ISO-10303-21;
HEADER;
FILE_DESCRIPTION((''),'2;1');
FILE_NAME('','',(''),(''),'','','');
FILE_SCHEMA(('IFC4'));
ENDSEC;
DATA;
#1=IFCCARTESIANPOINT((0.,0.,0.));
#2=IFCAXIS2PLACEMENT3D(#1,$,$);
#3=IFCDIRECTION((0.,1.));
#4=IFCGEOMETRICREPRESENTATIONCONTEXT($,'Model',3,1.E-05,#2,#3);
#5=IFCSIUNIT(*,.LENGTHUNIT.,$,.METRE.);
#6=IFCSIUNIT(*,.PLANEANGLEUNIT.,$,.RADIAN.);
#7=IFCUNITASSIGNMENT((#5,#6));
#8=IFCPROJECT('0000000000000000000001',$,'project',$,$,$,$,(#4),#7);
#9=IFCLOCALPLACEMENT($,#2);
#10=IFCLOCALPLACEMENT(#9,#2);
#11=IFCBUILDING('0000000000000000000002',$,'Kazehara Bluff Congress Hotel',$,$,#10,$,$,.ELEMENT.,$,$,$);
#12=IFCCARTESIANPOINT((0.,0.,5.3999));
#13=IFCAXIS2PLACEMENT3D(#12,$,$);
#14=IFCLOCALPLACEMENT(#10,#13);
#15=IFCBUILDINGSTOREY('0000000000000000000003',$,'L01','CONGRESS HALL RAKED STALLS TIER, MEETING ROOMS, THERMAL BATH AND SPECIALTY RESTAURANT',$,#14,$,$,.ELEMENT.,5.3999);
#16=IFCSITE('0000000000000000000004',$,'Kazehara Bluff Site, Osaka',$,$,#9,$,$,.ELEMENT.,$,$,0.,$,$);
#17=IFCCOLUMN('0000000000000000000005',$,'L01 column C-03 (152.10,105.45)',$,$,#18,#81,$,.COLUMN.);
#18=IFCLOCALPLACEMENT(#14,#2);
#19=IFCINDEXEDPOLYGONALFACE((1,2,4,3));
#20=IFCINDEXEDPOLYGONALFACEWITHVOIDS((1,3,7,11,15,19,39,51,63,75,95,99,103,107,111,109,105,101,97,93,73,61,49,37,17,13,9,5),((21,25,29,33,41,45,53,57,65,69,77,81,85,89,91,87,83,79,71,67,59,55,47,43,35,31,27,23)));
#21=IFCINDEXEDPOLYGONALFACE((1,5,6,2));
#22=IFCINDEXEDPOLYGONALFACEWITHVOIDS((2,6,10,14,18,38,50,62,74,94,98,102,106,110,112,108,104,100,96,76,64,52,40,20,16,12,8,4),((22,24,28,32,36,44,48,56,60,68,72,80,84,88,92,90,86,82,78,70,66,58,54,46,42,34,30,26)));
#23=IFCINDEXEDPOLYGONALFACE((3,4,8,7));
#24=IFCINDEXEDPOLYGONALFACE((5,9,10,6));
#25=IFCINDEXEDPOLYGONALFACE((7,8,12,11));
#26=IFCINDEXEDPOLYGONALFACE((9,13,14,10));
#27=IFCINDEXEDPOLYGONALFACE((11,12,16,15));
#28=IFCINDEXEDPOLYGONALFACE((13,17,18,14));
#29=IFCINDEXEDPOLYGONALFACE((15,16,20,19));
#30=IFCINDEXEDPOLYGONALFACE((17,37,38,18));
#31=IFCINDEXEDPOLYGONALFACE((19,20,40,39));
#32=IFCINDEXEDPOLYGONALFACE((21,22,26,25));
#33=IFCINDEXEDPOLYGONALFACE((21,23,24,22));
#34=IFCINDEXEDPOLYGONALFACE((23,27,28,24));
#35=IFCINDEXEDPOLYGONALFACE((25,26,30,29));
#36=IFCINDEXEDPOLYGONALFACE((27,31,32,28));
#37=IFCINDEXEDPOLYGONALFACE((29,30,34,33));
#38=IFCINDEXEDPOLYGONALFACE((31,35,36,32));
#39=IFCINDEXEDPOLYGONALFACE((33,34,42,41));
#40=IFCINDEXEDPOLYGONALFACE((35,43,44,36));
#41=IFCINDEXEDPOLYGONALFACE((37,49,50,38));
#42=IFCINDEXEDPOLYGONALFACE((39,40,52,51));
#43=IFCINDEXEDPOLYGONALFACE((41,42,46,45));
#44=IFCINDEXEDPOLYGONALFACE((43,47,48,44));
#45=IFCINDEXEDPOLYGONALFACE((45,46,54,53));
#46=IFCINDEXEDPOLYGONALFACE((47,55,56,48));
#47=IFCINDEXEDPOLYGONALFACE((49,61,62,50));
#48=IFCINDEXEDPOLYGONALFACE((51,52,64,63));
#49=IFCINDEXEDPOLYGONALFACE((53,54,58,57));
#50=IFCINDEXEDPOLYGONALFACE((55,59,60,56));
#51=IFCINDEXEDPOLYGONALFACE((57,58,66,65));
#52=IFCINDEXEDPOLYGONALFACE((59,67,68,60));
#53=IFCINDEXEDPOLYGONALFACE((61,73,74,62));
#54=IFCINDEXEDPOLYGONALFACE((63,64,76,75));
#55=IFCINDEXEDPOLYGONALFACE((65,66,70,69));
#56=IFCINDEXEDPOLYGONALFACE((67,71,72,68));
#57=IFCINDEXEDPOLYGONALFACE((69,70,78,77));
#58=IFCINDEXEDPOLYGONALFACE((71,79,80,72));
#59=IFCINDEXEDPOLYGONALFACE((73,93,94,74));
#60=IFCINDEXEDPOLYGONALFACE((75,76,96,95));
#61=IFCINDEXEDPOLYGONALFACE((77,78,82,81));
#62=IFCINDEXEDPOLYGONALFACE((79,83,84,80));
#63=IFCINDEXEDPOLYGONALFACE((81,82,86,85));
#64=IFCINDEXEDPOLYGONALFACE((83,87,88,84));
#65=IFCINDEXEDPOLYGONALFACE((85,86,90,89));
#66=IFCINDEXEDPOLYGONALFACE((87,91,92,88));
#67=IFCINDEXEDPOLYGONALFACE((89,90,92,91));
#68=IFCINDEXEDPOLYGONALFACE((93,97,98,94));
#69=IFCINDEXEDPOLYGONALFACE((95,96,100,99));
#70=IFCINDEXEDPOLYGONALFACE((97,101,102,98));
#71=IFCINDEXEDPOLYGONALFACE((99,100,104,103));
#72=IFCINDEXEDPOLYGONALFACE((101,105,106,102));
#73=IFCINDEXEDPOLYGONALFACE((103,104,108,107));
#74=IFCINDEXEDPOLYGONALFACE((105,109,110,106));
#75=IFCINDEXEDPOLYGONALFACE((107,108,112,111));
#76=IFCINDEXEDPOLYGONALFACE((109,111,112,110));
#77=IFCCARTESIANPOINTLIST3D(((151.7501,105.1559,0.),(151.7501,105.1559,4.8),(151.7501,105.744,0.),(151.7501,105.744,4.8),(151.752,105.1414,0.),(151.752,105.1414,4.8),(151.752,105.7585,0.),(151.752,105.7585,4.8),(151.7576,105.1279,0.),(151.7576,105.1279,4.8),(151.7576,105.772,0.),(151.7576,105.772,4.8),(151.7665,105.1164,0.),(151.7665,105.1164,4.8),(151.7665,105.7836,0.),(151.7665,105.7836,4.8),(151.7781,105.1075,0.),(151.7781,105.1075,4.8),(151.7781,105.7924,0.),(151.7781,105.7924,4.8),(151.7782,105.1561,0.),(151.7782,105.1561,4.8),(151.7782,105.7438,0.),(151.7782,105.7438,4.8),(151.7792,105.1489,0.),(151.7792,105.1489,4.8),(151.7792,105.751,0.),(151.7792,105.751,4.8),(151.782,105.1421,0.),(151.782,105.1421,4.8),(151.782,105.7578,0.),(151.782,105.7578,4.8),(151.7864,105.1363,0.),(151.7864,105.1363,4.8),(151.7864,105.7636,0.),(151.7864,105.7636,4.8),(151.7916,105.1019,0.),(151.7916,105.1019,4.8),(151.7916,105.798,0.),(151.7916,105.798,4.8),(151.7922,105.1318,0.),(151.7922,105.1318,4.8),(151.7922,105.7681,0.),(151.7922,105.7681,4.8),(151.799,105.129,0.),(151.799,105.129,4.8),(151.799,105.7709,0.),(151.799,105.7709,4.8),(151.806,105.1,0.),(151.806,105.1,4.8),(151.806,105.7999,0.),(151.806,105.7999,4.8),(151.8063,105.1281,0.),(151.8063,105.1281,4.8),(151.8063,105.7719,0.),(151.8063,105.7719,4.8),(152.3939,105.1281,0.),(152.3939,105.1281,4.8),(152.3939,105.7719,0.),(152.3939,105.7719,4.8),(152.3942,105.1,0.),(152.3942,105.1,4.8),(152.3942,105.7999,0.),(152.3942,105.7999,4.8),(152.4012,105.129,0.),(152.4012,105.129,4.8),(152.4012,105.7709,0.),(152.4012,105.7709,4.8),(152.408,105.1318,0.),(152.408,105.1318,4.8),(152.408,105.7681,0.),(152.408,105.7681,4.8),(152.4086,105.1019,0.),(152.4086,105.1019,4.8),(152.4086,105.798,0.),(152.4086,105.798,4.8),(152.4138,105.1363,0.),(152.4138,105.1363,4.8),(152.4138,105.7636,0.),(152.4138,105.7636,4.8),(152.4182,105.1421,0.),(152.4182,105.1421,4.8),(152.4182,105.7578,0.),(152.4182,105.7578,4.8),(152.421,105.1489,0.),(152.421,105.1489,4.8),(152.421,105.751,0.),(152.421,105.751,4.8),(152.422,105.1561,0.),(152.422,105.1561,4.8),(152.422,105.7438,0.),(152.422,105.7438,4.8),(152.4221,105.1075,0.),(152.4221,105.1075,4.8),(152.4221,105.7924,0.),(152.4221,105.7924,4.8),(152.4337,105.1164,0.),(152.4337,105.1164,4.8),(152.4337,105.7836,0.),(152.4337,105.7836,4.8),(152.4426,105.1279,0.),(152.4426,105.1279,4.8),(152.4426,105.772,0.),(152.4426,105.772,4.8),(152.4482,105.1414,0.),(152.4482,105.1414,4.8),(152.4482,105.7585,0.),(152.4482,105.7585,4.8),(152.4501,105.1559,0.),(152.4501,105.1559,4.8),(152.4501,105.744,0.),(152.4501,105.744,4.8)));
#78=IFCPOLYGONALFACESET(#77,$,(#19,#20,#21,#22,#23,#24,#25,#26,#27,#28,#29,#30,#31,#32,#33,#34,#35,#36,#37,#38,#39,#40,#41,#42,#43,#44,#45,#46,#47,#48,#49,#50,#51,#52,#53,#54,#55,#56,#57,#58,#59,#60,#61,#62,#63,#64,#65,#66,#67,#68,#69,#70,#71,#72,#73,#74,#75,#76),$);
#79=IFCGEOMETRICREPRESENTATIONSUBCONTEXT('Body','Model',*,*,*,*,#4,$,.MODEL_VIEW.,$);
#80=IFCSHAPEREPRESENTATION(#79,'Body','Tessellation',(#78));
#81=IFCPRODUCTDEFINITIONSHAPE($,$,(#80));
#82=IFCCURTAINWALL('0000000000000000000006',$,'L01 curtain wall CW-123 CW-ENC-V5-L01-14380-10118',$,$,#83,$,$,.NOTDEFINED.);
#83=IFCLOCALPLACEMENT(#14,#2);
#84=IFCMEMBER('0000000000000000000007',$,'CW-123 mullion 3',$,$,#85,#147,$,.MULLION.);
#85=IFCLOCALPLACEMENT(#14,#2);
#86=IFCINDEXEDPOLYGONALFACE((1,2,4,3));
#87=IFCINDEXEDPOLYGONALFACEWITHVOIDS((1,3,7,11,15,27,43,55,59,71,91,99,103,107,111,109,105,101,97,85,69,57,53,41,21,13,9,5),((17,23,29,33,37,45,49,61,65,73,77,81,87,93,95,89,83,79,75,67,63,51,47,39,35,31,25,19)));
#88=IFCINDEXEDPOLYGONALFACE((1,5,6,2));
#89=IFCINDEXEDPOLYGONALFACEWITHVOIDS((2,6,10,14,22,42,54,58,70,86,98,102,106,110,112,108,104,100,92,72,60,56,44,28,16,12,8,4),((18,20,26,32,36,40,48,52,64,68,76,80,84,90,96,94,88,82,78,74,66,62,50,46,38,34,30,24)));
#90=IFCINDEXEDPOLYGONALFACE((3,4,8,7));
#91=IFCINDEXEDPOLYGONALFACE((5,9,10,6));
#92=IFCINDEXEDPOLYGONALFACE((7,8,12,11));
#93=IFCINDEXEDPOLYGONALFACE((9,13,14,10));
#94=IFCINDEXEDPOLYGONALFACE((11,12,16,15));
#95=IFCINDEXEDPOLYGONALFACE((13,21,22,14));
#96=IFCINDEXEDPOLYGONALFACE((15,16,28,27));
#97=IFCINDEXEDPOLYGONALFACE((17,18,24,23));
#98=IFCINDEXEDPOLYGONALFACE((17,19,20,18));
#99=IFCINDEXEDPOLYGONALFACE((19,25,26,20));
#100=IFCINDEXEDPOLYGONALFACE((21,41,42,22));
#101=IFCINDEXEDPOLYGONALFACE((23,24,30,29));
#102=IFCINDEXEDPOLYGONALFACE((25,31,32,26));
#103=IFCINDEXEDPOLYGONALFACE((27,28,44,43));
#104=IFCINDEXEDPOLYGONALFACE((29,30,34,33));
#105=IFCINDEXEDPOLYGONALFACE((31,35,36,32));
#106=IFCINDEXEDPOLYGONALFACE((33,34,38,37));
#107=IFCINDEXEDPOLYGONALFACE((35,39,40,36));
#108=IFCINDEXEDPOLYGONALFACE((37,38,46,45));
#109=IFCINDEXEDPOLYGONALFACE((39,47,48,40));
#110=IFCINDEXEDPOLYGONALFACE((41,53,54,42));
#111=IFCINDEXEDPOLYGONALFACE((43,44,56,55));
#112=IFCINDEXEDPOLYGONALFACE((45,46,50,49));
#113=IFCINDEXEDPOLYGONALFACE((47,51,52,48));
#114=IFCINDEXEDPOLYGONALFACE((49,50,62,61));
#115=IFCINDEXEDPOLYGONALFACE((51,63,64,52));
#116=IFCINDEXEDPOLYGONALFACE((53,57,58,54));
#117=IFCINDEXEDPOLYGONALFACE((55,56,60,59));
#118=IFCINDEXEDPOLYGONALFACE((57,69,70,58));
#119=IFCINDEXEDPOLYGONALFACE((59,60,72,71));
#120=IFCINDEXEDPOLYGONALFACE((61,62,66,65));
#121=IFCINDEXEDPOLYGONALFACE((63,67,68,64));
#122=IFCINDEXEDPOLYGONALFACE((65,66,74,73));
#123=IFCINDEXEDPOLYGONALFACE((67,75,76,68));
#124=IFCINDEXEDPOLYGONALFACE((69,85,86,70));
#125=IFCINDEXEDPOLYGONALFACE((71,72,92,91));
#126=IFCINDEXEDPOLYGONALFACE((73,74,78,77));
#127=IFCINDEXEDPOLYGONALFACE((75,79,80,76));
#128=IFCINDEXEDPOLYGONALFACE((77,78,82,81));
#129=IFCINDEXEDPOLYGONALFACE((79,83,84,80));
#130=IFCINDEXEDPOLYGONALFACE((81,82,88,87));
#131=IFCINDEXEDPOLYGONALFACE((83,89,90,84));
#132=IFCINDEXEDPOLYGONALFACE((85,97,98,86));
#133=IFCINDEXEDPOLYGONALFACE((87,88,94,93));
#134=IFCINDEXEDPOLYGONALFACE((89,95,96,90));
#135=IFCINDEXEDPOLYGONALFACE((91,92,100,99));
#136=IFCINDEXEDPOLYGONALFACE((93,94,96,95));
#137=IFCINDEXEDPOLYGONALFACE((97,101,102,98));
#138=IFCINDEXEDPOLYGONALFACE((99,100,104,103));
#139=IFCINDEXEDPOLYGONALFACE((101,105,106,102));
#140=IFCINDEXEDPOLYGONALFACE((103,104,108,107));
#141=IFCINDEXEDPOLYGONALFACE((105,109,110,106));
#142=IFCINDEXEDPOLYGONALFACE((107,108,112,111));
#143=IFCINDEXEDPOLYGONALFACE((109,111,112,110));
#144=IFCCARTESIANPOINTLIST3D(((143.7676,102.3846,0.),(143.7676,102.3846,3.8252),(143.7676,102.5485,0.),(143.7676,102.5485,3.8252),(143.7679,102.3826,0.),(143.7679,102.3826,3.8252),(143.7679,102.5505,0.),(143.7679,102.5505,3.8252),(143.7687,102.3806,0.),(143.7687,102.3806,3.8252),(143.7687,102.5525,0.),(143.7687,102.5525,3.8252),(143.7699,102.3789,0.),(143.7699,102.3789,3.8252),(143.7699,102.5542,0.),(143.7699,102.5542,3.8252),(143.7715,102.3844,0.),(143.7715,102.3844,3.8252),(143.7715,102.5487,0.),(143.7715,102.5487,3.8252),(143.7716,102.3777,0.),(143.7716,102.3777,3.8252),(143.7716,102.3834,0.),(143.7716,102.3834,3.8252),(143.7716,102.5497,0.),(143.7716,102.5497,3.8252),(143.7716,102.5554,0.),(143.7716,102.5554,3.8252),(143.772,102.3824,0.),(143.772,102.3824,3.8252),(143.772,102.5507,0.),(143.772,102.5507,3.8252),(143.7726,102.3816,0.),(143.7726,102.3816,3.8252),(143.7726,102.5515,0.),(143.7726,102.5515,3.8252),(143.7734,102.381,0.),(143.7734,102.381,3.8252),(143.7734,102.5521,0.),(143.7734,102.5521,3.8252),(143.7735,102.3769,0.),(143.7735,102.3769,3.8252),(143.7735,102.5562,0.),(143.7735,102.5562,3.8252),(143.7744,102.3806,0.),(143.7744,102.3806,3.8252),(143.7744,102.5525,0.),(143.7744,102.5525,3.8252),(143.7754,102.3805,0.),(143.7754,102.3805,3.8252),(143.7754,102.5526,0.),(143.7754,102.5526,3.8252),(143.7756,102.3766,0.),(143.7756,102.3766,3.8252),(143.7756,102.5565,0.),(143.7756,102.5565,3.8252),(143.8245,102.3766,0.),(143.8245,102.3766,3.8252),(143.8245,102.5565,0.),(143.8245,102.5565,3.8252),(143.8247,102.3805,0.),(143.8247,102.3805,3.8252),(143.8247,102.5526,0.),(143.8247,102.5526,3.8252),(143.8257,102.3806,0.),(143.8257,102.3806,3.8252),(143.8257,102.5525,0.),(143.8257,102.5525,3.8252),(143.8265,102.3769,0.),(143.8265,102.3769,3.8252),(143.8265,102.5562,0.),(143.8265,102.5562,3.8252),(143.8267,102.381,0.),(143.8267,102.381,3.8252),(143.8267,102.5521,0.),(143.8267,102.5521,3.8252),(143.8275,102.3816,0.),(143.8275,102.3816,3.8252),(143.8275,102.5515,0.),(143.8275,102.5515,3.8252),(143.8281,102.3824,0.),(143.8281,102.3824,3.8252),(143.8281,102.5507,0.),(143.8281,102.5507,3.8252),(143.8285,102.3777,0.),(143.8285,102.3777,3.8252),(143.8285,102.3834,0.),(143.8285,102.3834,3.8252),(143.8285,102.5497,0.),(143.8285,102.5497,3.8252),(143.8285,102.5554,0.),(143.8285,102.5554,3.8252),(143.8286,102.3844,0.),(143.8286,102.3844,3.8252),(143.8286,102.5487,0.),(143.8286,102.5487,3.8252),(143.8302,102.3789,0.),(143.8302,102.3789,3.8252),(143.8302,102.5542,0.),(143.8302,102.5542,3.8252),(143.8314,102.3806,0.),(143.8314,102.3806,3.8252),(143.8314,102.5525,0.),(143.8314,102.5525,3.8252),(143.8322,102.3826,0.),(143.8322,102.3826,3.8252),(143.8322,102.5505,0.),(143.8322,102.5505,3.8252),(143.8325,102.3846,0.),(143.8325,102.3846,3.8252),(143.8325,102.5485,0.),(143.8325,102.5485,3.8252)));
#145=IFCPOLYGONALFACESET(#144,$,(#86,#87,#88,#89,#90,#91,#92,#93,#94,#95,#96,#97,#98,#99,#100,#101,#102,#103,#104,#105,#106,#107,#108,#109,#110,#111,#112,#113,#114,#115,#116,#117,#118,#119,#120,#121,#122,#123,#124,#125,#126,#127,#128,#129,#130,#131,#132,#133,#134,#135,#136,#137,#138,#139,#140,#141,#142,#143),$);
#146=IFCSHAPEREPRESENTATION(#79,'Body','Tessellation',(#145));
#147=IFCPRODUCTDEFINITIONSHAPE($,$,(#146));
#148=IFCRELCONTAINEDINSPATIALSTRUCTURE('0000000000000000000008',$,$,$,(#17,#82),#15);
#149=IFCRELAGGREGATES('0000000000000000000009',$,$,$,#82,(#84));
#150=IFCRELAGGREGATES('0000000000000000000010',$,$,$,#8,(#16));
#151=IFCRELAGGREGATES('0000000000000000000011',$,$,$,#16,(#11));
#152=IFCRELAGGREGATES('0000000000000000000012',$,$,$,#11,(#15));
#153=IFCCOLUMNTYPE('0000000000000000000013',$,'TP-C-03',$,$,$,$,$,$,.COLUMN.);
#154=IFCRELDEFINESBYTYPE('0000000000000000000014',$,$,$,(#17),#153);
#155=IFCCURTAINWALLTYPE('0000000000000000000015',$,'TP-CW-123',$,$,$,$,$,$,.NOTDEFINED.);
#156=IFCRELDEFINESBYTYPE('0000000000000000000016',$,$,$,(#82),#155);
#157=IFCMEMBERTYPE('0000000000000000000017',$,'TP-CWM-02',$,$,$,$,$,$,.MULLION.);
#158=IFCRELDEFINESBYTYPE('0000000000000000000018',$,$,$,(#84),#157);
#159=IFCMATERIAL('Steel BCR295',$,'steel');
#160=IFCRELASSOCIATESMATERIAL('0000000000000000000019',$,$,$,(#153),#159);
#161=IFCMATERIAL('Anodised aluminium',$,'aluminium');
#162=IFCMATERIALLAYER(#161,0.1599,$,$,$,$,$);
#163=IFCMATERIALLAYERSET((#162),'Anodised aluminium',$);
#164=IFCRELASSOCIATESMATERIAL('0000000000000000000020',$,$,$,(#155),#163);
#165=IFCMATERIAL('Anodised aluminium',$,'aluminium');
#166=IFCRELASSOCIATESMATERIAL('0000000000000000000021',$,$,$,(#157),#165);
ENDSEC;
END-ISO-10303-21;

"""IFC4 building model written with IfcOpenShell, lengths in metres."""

from ifc_helpers import new_model, si_unit, direction, frame, origin, origin_2d, place, context, subcontext, project, spatial, hollow_rectangle, extrude, material, layer, layer_set, material_profile, profile_set, type_object, element, aggregate, save


model = new_model("IFC4")

# Units and contexts
model_context = context("Model", 3, precision=1e-05, world=origin(), true_north=direction((0.0, 1.0)))
body_context = subcontext(model_context, "Body", "Model", "MODEL_VIEW")
ifc_project = project(units=[si_unit("LENGTHUNIT", "METRE"), si_unit("PLANEANGLEUNIT", "RADIAN")], contexts=[model_context])

# Site, building, storey
site_placement = place(None, origin())
site = spatial("IfcSite", under=ifc_project, at=site_placement, Name="Kazehara Bluff Site, Osaka", CompositionType="ELEMENT", RefElevation=0.0)
building_placement = place(site_placement, origin())
building = spatial("IfcBuilding", under=site, at=building_placement, Name="Kazehara Bluff Congress Hotel", CompositionType="ELEMENT")
storey_placement = place(building_placement, frame((0.0, 0.0, 5.3999)))
storey = spatial("IfcBuildingStorey", under=building, at=storey_placement, Name="L01", Description="CONGRESS HALL RAKED STALLS TIER, MEETING ROOMS, THERMAL BATH AND SPECIALTY RESTAURANT", CompositionType="ELEMENT", Elevation=5.3999)

# Column
ifc_material_1 = material(Name="Steel BCR295", Category="steel")
ifc_material_profile_1 = material_profile(ifc_material_1, hollow_rectangle(XDim=0.7, YDim=0.7, WallThickness=0.0281, InnerFilletRadius=0.0281, OuterFilletRadius=0.0559, at=origin_2d()))
ifc_profile_set_1 = profile_set([ifc_material_profile_1], Name="Steel BCR295")
column_type = type_object("IfcColumnType", Name="TP-C-03", PredefinedType="COLUMN", material=ifc_profile_set_1)
column_placement = place(storey_placement, frame((152.1001, 105.45, 0.0), z_axis=(0.0, 0.0, 1.0), x_axis=(1.0, 0.0, 0.0)))
element("IfcColumn", 1, at=column_placement, inside=storey, type_object=column_type, Name="L01 column C-03 (152.10,105.45)", PredefinedType="COLUMN", context=body_context, shape_type="SweptSolid", body=[
    extrude(hollow_rectangle(XDim=0.7, YDim=0.7, WallThickness=0.0281, InnerFilletRadius=0.0281, OuterFilletRadius=0.0559, at=origin_2d()), origin(), (0.0, 0.0, 1.0), 4.8),
])

# Curtain wall, member
ifc_material_2 = material(Name="Anodised aluminium", Category="aluminium")
ifc_layer_1 = layer(ifc_material_2, 0.1599)
ifc_layer_set_1 = layer_set([ifc_layer_1], Name="Anodised aluminium")
curtain_wall_type_1 = type_object("IfcCurtainWallType", Name="TP-CW-123", PredefinedType="NOTDEFINED", material=ifc_layer_set_1)
curtain_wall_1_placement = place(storey_placement, origin())
curtain_wall_1 = element("IfcCurtainWall", 2, at=curtain_wall_1_placement, inside=storey, type_object=curtain_wall_type_1, Name="L01 curtain wall CW-123 CW-ENC-V5-L01-14380-10118", PredefinedType="NOTDEFINED")
ifc_material_3 = material(Name="Anodised aluminium", Category="aluminium")
ifc_material_profile_2 = material_profile(ifc_material_3, hollow_rectangle(XDim=0.0649, YDim=0.1799, WallThickness=0.0039, InnerFilletRadius=0.0039, OuterFilletRadius=0.0081, at=origin_2d()))
ifc_profile_set_2 = profile_set([ifc_material_profile_2], Name="Anodised aluminium")
member_type_1 = type_object("IfcMemberType", Name="TP-CWM-02", PredefinedType="MULLION", material=ifc_profile_set_2)
member_1_placement = place(storey_placement, frame((143.8, 102.4666, 0.0), z_axis=(0.0, 0.0, 1.0), x_axis=(-1.0, 0.0, 0.0)))
member_1 = element("IfcMember", 3, at=member_1_placement, type_object=member_type_1, Name="CW-123 mullion 3", PredefinedType="MULLION", context=body_context, shape_type="SweptSolid", body=[
    extrude(hollow_rectangle(XDim=0.0649, YDim=0.1799, WallThickness=0.0039, InnerFilletRadius=0.0039, OuterFilletRadius=0.0081, at=origin_2d()), origin(), (0.0, 0.0, 1.0), 3.8252),
])

aggregate(curtain_wall_1, [member_1])

save(model, "model.ifc")
